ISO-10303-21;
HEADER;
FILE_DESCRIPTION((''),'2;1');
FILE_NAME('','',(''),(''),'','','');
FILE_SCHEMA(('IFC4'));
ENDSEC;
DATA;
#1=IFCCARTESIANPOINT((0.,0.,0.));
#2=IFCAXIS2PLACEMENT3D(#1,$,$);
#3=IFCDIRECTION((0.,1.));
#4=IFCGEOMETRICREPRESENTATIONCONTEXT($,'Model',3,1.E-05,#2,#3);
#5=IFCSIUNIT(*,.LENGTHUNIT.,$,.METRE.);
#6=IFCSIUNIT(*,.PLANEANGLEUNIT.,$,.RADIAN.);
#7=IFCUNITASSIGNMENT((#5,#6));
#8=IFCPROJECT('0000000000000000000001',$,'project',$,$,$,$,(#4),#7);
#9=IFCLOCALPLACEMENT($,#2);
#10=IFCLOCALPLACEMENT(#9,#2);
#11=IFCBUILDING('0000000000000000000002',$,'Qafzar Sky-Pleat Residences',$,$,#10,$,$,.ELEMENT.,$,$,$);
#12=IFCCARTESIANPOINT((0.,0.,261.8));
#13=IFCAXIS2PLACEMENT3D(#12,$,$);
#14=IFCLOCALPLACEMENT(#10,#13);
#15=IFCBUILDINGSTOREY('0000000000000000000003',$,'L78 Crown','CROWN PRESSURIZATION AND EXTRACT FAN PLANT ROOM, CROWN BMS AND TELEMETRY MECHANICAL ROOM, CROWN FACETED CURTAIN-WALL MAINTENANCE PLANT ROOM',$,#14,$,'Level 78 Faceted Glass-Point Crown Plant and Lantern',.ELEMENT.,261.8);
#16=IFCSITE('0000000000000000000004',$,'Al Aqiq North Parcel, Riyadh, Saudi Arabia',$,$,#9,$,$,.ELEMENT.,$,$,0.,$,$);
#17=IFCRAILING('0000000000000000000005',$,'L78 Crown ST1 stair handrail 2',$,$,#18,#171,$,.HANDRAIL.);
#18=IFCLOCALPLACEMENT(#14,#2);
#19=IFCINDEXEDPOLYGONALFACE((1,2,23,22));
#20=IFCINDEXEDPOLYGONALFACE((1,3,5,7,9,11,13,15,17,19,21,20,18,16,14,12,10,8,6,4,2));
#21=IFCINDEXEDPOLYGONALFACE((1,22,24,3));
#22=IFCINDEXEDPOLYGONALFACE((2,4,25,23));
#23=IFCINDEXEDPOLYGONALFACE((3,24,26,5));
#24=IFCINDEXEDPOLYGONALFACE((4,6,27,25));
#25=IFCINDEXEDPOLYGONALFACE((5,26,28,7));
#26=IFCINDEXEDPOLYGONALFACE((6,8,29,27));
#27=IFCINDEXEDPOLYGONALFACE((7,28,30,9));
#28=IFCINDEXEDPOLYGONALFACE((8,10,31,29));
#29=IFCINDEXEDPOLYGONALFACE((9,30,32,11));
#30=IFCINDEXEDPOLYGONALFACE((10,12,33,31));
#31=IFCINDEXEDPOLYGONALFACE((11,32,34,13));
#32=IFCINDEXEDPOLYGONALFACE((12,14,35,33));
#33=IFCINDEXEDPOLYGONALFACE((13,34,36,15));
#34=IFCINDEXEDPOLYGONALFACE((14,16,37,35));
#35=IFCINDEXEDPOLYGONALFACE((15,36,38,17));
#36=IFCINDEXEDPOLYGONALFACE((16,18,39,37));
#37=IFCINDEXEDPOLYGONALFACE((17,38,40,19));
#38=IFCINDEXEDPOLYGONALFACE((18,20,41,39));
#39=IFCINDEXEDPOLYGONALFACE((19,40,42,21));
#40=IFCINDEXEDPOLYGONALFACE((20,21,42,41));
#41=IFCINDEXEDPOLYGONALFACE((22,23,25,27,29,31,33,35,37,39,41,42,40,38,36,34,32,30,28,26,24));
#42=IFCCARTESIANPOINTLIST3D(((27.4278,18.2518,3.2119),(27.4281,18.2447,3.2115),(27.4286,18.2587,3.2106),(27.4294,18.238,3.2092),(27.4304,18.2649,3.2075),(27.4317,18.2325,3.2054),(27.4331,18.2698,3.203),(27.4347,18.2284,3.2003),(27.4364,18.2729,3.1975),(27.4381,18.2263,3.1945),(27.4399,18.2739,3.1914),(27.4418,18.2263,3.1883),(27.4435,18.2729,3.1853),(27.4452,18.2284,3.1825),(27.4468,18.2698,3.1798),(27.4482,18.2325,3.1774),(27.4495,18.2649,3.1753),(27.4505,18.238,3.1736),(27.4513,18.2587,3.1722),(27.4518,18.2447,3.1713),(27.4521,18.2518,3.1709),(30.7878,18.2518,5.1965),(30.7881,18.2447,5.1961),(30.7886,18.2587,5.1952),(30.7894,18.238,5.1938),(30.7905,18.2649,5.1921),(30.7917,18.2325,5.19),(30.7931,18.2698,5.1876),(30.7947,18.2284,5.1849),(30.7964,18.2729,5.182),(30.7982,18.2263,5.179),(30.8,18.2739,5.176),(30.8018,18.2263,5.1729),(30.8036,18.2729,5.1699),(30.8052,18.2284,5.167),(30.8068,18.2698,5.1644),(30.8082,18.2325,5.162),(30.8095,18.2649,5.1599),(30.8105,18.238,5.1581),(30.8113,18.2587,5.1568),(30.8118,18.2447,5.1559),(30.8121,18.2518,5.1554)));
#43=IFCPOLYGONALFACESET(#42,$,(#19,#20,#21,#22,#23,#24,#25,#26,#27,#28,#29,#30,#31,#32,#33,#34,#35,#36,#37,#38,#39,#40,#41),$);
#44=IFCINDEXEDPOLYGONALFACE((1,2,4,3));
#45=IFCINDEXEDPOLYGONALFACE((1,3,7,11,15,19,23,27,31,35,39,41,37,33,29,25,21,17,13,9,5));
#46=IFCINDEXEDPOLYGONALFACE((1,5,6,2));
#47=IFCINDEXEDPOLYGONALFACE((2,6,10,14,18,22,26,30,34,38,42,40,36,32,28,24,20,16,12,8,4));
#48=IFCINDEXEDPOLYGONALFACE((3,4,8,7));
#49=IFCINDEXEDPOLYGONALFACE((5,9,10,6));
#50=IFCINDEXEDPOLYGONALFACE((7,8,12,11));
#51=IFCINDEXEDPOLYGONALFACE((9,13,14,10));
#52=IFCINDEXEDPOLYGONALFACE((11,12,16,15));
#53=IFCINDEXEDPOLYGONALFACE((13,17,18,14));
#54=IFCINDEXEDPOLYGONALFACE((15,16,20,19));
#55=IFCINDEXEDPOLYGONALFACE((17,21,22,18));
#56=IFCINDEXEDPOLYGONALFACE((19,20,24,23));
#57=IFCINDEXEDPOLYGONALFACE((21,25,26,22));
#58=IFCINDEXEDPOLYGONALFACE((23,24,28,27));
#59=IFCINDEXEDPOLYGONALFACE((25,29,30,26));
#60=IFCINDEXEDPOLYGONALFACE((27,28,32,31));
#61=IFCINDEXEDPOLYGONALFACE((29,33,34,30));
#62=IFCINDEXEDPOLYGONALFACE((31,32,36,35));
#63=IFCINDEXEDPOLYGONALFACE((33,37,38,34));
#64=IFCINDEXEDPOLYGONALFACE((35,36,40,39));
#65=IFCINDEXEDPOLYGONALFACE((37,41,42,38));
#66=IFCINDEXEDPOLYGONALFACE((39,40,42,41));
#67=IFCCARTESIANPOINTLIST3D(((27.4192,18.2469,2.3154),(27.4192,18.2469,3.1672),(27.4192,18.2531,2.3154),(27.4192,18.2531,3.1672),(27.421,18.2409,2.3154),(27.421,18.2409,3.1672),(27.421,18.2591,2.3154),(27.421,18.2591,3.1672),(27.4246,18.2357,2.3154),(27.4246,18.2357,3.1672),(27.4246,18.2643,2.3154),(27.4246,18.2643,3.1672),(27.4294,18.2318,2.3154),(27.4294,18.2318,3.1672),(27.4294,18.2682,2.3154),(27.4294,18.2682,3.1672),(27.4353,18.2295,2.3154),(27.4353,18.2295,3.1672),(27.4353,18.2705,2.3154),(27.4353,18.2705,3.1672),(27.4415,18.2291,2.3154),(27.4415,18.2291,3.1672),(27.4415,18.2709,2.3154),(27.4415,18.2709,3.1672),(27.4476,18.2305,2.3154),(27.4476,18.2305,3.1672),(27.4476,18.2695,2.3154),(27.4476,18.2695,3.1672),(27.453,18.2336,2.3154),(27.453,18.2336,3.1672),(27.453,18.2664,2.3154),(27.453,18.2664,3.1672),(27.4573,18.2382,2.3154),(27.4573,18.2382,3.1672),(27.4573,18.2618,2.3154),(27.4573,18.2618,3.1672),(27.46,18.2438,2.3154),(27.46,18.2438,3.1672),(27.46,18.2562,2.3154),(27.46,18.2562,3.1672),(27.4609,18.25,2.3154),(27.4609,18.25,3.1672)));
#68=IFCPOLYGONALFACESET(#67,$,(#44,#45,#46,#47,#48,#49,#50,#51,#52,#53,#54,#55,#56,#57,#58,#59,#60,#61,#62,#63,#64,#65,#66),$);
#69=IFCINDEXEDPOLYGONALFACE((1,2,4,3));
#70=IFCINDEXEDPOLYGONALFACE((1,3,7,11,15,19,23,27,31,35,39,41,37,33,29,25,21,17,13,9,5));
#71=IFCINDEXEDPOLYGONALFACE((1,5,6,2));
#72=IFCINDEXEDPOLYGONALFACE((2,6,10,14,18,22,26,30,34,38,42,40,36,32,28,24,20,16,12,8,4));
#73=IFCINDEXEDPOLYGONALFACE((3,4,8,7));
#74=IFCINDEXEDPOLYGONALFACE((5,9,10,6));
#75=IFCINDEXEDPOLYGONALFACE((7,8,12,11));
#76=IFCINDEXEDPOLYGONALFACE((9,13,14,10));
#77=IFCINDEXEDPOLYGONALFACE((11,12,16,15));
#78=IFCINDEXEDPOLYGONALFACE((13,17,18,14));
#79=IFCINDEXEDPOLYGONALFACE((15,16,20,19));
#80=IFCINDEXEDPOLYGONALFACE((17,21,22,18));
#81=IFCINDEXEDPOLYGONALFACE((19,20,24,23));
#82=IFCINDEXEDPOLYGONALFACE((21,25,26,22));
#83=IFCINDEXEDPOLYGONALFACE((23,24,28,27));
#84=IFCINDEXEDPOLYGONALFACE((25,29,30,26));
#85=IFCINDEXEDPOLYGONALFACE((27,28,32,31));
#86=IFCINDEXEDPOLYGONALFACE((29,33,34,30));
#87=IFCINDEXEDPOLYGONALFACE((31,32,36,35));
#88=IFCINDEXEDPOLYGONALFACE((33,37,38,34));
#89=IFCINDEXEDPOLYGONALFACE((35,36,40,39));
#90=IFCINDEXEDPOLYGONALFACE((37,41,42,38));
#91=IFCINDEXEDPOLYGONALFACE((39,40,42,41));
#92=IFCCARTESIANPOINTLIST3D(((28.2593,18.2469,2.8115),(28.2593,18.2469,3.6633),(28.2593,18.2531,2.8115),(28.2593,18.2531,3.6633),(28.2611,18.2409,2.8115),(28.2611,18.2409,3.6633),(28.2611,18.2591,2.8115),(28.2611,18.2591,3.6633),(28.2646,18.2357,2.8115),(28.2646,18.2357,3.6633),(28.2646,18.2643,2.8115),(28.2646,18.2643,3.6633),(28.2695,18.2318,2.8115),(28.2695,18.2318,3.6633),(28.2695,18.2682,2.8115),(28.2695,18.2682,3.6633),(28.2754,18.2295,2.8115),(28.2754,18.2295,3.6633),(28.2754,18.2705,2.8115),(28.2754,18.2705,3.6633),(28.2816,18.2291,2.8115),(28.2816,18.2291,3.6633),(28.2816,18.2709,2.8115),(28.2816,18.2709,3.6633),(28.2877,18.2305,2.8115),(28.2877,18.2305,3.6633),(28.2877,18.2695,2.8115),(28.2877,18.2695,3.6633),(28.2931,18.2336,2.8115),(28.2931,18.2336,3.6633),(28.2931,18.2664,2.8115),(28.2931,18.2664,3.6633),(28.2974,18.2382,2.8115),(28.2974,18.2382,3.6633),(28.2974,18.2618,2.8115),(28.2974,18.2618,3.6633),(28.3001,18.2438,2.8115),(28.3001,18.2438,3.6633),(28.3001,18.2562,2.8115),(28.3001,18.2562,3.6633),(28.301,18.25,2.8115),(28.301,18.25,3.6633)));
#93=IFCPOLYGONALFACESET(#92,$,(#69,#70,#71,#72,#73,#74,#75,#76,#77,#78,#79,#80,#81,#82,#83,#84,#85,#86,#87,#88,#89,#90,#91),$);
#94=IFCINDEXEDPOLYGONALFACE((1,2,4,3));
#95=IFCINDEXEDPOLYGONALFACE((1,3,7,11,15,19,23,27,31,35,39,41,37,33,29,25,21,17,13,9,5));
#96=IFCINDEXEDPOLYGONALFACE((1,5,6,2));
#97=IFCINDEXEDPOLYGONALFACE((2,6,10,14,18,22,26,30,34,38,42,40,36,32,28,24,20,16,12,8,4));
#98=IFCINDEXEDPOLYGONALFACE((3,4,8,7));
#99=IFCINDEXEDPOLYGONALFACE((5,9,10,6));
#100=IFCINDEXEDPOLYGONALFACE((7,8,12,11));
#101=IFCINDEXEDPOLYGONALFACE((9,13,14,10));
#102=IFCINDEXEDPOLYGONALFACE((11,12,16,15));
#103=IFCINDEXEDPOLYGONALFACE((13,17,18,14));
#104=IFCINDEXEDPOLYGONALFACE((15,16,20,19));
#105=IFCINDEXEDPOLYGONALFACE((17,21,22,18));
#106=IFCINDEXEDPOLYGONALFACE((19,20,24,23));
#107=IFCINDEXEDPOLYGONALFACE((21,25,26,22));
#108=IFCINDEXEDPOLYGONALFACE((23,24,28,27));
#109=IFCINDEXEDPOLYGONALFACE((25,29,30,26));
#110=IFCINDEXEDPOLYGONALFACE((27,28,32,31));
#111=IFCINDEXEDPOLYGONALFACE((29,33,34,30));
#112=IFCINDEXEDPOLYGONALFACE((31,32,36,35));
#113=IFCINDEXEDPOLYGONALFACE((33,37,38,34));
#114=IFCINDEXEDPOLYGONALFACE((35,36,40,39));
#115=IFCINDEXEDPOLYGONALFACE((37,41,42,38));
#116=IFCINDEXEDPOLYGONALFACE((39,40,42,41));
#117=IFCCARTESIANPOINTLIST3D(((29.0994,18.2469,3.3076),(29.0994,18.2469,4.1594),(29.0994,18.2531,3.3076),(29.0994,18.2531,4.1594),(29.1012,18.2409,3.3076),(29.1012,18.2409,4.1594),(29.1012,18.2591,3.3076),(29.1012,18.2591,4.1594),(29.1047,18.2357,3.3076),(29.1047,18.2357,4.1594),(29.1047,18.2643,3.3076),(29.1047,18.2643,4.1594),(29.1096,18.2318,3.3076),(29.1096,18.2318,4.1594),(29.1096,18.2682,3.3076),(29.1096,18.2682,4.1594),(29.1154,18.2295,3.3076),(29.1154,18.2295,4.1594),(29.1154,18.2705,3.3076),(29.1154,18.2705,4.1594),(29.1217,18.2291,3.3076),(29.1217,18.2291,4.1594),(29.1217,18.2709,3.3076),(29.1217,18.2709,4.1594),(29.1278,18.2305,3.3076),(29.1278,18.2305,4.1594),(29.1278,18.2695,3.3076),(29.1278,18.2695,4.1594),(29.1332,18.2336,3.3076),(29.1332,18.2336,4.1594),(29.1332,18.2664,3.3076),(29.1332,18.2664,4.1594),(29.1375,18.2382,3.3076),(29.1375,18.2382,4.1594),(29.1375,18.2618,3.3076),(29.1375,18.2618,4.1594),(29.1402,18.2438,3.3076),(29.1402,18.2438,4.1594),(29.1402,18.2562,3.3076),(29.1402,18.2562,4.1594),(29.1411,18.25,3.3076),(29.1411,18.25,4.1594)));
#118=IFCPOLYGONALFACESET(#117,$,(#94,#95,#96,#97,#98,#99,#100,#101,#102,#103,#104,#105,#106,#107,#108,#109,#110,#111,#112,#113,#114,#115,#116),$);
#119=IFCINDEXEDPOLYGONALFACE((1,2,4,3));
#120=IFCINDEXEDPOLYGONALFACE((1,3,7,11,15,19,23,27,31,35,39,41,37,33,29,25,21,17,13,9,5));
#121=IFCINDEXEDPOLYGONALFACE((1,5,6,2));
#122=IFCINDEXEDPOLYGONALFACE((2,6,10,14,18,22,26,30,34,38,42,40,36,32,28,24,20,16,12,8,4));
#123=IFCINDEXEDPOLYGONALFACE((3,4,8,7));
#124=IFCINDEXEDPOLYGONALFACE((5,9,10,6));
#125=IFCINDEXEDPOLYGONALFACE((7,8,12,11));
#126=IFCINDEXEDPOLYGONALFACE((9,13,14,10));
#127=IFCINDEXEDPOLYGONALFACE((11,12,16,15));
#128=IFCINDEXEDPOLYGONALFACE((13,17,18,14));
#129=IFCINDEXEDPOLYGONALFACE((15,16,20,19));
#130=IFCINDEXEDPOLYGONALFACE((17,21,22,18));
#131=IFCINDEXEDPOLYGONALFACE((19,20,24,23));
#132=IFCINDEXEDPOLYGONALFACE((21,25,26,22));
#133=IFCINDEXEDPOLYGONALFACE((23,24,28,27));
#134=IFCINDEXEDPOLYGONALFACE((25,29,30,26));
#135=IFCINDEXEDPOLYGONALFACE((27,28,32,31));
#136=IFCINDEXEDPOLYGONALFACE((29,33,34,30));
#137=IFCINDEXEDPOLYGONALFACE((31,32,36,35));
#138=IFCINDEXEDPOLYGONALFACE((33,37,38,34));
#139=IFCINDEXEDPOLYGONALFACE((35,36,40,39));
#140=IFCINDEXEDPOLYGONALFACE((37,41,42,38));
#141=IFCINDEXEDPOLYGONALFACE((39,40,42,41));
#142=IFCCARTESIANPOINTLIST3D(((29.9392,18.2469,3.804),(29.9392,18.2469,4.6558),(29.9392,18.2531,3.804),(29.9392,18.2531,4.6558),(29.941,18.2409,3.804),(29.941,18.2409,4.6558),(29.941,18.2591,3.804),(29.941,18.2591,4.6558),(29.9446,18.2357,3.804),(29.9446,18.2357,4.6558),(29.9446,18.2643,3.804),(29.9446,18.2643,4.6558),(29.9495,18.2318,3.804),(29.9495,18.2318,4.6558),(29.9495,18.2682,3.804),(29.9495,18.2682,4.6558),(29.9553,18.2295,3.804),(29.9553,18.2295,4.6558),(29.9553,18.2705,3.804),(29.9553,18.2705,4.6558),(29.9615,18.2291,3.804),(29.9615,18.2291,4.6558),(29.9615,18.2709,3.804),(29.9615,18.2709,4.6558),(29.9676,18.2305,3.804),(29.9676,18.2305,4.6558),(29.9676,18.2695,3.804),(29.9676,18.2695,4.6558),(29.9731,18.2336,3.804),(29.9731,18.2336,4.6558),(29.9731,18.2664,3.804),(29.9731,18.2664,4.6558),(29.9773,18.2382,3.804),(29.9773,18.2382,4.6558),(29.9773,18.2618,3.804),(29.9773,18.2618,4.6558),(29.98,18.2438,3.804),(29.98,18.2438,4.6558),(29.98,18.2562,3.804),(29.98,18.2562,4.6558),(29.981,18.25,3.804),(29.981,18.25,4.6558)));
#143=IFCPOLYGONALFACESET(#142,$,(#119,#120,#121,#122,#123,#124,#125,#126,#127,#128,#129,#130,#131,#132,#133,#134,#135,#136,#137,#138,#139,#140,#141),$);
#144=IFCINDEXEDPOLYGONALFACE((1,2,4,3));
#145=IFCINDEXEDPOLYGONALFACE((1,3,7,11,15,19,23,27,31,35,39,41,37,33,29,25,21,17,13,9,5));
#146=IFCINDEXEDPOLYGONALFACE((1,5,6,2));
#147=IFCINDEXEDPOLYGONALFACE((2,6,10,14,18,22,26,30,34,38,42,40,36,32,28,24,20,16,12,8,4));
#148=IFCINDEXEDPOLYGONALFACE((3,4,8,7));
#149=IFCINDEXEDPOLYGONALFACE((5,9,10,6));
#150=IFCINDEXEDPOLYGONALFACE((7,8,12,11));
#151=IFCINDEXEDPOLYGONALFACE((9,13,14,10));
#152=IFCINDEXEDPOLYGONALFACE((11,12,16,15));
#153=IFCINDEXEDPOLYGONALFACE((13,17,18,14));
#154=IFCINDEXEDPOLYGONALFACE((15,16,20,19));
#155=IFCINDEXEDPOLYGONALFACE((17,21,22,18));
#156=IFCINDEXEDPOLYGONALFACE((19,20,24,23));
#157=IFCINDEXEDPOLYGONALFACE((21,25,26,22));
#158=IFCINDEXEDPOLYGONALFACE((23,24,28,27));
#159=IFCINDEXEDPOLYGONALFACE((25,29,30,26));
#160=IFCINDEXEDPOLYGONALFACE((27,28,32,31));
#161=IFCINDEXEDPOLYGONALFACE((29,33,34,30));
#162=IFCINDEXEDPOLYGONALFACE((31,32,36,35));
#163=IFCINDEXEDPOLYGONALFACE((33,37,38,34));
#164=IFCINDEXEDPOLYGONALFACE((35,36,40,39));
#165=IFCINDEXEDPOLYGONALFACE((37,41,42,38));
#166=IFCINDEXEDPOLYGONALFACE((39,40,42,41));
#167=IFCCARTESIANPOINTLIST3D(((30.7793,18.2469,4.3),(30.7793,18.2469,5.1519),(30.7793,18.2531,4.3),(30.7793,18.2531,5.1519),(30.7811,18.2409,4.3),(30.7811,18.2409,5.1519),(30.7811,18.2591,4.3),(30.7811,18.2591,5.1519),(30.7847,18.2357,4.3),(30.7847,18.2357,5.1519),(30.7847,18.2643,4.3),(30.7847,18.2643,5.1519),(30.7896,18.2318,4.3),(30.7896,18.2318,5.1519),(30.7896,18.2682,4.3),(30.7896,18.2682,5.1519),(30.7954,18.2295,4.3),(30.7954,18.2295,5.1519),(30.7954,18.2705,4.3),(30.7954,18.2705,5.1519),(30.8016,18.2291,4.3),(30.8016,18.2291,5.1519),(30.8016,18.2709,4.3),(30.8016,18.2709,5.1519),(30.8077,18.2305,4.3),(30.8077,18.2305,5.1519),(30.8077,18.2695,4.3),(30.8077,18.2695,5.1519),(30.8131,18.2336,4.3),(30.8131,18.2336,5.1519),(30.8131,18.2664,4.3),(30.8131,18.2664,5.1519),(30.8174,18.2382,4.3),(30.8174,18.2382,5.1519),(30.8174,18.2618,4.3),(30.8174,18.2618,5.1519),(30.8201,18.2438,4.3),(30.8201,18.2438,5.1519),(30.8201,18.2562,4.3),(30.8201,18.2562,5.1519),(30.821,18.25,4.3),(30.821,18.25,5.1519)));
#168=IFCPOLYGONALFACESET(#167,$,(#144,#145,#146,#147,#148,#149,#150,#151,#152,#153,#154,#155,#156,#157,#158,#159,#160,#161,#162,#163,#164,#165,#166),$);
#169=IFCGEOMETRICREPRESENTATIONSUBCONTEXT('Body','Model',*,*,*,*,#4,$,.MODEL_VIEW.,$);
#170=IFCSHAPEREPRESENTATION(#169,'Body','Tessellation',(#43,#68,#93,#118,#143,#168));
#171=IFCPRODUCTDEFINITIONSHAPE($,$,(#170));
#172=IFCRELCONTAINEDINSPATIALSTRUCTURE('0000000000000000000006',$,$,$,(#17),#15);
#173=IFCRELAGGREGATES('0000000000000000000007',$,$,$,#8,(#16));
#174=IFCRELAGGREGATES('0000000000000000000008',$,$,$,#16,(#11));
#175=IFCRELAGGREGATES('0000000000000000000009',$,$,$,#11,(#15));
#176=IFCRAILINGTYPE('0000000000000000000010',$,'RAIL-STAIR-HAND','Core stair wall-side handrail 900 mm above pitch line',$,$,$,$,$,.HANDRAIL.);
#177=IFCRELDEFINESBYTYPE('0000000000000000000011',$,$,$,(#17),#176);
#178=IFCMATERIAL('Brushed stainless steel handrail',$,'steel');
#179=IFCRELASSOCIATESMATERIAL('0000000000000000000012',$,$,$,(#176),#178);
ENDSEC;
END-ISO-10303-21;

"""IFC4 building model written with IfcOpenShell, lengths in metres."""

from ifc_helpers import new_model, si_unit, direction, frame, origin, origin_2d, place, context, subcontext, project, spatial, circle, extrude, source, transform, mapped, material, type_object, element, save


model = new_model("IFC4")

# Units and contexts
model_context = context("Model", 3, precision=1e-05, world=origin(), true_north=direction((0.0, 1.0)))
body_context = subcontext(model_context, "Body", "Model", "MODEL_VIEW")
ifc_project = project(units=[si_unit("LENGTHUNIT", "METRE"), si_unit("PLANEANGLEUNIT", "RADIAN")], contexts=[model_context])

# Site, building, storey
site_placement = place(None, origin())
site = spatial("IfcSite", under=ifc_project, at=site_placement, Name="Al Aqiq North Parcel, Riyadh, Saudi Arabia", CompositionType="ELEMENT", RefElevation=0.0)
building_placement = place(site_placement, origin())
building = spatial("IfcBuilding", under=site, at=building_placement, Name="Qafzar Sky-Pleat Residences", CompositionType="ELEMENT")
storey_placement = place(building_placement, frame((0.0, 0.0, 261.8)))
storey = spatial("IfcBuildingStorey", under=building, at=storey_placement, Name="L78 Crown", Description="CROWN PRESSURIZATION AND EXTRACT FAN PLANT ROOM, CROWN BMS AND TELEMETRY MECHANICAL ROOM, CROWN FACETED CURTAIN-WALL MAINTENANCE PLANT ROOM", LongName="Level 78 Faceted Glass-Point Crown Plant and Lantern", CompositionType="ELEMENT", Elevation=261.8)

# Railing
ifc_material_1 = material(Name="Brushed stainless steel handrail", Category="steel")
railing_type_1 = type_object("IfcRailingType", Name="RAIL-STAIR-HAND", Description="Core stair wall-side handrail 900 mm above pitch line", PredefinedType="HANDRAIL", material=ifc_material_1)
shared_shape_1 = source(origin(), body_context, "Body", "SweptSolid", [
    extrude(circle(Radius=0.0239, at=origin_2d()), frame((0.0, 0.0, 0.876), z_axis=(0.861027, 0.0, 0.508559), x_axis=(0.0, 1.0, 0.0)), (0.0, 0.0, 1.0), 3.9023),
    extrude(circle(Radius=0.021, at=origin_2d()), origin(), (0.0, 0.0, 1.0), 0.8518),
    extrude(circle(Radius=0.021, at=origin_2d()), frame((0.8401, 0.0, 0.4961)), (0.0, 0.0, 1.0), 0.8518),
    extrude(circle(Radius=0.021, at=origin_2d()), frame((1.6802, 0.0, 0.9922)), (0.0, 0.0, 1.0), 0.8518),
    extrude(circle(Radius=0.021, at=origin_2d()), frame((2.52, 0.0, 1.4885)), (0.0, 0.0, 1.0), 0.8518),
    extrude(circle(Radius=0.021, at=origin_2d()), frame((3.3601, 0.0, 1.9846)), (0.0, 0.0, 1.0), 0.8518),
])
railing_1_placement = place(storey_placement, frame((27.4399, 18.25, 2.3154)))
element("IfcRailing", 1, at=railing_1_placement, inside=storey, type_object=railing_type_1, Name="L78 Crown ST1 stair handrail 2", PredefinedType="HANDRAIL", context=body_context, shape_type="MappedRepresentation", body=[
    mapped(shared_shape_1, transform((0.0, 0.0, 0.0), x_axis=(1.0, 0.0, 0.0), y_axis=(0.0, 1.0, 0.0), z_axis=(0.0, 0.0, 1.0), scale=1.0)),
])

save(model, "model.ifc")
